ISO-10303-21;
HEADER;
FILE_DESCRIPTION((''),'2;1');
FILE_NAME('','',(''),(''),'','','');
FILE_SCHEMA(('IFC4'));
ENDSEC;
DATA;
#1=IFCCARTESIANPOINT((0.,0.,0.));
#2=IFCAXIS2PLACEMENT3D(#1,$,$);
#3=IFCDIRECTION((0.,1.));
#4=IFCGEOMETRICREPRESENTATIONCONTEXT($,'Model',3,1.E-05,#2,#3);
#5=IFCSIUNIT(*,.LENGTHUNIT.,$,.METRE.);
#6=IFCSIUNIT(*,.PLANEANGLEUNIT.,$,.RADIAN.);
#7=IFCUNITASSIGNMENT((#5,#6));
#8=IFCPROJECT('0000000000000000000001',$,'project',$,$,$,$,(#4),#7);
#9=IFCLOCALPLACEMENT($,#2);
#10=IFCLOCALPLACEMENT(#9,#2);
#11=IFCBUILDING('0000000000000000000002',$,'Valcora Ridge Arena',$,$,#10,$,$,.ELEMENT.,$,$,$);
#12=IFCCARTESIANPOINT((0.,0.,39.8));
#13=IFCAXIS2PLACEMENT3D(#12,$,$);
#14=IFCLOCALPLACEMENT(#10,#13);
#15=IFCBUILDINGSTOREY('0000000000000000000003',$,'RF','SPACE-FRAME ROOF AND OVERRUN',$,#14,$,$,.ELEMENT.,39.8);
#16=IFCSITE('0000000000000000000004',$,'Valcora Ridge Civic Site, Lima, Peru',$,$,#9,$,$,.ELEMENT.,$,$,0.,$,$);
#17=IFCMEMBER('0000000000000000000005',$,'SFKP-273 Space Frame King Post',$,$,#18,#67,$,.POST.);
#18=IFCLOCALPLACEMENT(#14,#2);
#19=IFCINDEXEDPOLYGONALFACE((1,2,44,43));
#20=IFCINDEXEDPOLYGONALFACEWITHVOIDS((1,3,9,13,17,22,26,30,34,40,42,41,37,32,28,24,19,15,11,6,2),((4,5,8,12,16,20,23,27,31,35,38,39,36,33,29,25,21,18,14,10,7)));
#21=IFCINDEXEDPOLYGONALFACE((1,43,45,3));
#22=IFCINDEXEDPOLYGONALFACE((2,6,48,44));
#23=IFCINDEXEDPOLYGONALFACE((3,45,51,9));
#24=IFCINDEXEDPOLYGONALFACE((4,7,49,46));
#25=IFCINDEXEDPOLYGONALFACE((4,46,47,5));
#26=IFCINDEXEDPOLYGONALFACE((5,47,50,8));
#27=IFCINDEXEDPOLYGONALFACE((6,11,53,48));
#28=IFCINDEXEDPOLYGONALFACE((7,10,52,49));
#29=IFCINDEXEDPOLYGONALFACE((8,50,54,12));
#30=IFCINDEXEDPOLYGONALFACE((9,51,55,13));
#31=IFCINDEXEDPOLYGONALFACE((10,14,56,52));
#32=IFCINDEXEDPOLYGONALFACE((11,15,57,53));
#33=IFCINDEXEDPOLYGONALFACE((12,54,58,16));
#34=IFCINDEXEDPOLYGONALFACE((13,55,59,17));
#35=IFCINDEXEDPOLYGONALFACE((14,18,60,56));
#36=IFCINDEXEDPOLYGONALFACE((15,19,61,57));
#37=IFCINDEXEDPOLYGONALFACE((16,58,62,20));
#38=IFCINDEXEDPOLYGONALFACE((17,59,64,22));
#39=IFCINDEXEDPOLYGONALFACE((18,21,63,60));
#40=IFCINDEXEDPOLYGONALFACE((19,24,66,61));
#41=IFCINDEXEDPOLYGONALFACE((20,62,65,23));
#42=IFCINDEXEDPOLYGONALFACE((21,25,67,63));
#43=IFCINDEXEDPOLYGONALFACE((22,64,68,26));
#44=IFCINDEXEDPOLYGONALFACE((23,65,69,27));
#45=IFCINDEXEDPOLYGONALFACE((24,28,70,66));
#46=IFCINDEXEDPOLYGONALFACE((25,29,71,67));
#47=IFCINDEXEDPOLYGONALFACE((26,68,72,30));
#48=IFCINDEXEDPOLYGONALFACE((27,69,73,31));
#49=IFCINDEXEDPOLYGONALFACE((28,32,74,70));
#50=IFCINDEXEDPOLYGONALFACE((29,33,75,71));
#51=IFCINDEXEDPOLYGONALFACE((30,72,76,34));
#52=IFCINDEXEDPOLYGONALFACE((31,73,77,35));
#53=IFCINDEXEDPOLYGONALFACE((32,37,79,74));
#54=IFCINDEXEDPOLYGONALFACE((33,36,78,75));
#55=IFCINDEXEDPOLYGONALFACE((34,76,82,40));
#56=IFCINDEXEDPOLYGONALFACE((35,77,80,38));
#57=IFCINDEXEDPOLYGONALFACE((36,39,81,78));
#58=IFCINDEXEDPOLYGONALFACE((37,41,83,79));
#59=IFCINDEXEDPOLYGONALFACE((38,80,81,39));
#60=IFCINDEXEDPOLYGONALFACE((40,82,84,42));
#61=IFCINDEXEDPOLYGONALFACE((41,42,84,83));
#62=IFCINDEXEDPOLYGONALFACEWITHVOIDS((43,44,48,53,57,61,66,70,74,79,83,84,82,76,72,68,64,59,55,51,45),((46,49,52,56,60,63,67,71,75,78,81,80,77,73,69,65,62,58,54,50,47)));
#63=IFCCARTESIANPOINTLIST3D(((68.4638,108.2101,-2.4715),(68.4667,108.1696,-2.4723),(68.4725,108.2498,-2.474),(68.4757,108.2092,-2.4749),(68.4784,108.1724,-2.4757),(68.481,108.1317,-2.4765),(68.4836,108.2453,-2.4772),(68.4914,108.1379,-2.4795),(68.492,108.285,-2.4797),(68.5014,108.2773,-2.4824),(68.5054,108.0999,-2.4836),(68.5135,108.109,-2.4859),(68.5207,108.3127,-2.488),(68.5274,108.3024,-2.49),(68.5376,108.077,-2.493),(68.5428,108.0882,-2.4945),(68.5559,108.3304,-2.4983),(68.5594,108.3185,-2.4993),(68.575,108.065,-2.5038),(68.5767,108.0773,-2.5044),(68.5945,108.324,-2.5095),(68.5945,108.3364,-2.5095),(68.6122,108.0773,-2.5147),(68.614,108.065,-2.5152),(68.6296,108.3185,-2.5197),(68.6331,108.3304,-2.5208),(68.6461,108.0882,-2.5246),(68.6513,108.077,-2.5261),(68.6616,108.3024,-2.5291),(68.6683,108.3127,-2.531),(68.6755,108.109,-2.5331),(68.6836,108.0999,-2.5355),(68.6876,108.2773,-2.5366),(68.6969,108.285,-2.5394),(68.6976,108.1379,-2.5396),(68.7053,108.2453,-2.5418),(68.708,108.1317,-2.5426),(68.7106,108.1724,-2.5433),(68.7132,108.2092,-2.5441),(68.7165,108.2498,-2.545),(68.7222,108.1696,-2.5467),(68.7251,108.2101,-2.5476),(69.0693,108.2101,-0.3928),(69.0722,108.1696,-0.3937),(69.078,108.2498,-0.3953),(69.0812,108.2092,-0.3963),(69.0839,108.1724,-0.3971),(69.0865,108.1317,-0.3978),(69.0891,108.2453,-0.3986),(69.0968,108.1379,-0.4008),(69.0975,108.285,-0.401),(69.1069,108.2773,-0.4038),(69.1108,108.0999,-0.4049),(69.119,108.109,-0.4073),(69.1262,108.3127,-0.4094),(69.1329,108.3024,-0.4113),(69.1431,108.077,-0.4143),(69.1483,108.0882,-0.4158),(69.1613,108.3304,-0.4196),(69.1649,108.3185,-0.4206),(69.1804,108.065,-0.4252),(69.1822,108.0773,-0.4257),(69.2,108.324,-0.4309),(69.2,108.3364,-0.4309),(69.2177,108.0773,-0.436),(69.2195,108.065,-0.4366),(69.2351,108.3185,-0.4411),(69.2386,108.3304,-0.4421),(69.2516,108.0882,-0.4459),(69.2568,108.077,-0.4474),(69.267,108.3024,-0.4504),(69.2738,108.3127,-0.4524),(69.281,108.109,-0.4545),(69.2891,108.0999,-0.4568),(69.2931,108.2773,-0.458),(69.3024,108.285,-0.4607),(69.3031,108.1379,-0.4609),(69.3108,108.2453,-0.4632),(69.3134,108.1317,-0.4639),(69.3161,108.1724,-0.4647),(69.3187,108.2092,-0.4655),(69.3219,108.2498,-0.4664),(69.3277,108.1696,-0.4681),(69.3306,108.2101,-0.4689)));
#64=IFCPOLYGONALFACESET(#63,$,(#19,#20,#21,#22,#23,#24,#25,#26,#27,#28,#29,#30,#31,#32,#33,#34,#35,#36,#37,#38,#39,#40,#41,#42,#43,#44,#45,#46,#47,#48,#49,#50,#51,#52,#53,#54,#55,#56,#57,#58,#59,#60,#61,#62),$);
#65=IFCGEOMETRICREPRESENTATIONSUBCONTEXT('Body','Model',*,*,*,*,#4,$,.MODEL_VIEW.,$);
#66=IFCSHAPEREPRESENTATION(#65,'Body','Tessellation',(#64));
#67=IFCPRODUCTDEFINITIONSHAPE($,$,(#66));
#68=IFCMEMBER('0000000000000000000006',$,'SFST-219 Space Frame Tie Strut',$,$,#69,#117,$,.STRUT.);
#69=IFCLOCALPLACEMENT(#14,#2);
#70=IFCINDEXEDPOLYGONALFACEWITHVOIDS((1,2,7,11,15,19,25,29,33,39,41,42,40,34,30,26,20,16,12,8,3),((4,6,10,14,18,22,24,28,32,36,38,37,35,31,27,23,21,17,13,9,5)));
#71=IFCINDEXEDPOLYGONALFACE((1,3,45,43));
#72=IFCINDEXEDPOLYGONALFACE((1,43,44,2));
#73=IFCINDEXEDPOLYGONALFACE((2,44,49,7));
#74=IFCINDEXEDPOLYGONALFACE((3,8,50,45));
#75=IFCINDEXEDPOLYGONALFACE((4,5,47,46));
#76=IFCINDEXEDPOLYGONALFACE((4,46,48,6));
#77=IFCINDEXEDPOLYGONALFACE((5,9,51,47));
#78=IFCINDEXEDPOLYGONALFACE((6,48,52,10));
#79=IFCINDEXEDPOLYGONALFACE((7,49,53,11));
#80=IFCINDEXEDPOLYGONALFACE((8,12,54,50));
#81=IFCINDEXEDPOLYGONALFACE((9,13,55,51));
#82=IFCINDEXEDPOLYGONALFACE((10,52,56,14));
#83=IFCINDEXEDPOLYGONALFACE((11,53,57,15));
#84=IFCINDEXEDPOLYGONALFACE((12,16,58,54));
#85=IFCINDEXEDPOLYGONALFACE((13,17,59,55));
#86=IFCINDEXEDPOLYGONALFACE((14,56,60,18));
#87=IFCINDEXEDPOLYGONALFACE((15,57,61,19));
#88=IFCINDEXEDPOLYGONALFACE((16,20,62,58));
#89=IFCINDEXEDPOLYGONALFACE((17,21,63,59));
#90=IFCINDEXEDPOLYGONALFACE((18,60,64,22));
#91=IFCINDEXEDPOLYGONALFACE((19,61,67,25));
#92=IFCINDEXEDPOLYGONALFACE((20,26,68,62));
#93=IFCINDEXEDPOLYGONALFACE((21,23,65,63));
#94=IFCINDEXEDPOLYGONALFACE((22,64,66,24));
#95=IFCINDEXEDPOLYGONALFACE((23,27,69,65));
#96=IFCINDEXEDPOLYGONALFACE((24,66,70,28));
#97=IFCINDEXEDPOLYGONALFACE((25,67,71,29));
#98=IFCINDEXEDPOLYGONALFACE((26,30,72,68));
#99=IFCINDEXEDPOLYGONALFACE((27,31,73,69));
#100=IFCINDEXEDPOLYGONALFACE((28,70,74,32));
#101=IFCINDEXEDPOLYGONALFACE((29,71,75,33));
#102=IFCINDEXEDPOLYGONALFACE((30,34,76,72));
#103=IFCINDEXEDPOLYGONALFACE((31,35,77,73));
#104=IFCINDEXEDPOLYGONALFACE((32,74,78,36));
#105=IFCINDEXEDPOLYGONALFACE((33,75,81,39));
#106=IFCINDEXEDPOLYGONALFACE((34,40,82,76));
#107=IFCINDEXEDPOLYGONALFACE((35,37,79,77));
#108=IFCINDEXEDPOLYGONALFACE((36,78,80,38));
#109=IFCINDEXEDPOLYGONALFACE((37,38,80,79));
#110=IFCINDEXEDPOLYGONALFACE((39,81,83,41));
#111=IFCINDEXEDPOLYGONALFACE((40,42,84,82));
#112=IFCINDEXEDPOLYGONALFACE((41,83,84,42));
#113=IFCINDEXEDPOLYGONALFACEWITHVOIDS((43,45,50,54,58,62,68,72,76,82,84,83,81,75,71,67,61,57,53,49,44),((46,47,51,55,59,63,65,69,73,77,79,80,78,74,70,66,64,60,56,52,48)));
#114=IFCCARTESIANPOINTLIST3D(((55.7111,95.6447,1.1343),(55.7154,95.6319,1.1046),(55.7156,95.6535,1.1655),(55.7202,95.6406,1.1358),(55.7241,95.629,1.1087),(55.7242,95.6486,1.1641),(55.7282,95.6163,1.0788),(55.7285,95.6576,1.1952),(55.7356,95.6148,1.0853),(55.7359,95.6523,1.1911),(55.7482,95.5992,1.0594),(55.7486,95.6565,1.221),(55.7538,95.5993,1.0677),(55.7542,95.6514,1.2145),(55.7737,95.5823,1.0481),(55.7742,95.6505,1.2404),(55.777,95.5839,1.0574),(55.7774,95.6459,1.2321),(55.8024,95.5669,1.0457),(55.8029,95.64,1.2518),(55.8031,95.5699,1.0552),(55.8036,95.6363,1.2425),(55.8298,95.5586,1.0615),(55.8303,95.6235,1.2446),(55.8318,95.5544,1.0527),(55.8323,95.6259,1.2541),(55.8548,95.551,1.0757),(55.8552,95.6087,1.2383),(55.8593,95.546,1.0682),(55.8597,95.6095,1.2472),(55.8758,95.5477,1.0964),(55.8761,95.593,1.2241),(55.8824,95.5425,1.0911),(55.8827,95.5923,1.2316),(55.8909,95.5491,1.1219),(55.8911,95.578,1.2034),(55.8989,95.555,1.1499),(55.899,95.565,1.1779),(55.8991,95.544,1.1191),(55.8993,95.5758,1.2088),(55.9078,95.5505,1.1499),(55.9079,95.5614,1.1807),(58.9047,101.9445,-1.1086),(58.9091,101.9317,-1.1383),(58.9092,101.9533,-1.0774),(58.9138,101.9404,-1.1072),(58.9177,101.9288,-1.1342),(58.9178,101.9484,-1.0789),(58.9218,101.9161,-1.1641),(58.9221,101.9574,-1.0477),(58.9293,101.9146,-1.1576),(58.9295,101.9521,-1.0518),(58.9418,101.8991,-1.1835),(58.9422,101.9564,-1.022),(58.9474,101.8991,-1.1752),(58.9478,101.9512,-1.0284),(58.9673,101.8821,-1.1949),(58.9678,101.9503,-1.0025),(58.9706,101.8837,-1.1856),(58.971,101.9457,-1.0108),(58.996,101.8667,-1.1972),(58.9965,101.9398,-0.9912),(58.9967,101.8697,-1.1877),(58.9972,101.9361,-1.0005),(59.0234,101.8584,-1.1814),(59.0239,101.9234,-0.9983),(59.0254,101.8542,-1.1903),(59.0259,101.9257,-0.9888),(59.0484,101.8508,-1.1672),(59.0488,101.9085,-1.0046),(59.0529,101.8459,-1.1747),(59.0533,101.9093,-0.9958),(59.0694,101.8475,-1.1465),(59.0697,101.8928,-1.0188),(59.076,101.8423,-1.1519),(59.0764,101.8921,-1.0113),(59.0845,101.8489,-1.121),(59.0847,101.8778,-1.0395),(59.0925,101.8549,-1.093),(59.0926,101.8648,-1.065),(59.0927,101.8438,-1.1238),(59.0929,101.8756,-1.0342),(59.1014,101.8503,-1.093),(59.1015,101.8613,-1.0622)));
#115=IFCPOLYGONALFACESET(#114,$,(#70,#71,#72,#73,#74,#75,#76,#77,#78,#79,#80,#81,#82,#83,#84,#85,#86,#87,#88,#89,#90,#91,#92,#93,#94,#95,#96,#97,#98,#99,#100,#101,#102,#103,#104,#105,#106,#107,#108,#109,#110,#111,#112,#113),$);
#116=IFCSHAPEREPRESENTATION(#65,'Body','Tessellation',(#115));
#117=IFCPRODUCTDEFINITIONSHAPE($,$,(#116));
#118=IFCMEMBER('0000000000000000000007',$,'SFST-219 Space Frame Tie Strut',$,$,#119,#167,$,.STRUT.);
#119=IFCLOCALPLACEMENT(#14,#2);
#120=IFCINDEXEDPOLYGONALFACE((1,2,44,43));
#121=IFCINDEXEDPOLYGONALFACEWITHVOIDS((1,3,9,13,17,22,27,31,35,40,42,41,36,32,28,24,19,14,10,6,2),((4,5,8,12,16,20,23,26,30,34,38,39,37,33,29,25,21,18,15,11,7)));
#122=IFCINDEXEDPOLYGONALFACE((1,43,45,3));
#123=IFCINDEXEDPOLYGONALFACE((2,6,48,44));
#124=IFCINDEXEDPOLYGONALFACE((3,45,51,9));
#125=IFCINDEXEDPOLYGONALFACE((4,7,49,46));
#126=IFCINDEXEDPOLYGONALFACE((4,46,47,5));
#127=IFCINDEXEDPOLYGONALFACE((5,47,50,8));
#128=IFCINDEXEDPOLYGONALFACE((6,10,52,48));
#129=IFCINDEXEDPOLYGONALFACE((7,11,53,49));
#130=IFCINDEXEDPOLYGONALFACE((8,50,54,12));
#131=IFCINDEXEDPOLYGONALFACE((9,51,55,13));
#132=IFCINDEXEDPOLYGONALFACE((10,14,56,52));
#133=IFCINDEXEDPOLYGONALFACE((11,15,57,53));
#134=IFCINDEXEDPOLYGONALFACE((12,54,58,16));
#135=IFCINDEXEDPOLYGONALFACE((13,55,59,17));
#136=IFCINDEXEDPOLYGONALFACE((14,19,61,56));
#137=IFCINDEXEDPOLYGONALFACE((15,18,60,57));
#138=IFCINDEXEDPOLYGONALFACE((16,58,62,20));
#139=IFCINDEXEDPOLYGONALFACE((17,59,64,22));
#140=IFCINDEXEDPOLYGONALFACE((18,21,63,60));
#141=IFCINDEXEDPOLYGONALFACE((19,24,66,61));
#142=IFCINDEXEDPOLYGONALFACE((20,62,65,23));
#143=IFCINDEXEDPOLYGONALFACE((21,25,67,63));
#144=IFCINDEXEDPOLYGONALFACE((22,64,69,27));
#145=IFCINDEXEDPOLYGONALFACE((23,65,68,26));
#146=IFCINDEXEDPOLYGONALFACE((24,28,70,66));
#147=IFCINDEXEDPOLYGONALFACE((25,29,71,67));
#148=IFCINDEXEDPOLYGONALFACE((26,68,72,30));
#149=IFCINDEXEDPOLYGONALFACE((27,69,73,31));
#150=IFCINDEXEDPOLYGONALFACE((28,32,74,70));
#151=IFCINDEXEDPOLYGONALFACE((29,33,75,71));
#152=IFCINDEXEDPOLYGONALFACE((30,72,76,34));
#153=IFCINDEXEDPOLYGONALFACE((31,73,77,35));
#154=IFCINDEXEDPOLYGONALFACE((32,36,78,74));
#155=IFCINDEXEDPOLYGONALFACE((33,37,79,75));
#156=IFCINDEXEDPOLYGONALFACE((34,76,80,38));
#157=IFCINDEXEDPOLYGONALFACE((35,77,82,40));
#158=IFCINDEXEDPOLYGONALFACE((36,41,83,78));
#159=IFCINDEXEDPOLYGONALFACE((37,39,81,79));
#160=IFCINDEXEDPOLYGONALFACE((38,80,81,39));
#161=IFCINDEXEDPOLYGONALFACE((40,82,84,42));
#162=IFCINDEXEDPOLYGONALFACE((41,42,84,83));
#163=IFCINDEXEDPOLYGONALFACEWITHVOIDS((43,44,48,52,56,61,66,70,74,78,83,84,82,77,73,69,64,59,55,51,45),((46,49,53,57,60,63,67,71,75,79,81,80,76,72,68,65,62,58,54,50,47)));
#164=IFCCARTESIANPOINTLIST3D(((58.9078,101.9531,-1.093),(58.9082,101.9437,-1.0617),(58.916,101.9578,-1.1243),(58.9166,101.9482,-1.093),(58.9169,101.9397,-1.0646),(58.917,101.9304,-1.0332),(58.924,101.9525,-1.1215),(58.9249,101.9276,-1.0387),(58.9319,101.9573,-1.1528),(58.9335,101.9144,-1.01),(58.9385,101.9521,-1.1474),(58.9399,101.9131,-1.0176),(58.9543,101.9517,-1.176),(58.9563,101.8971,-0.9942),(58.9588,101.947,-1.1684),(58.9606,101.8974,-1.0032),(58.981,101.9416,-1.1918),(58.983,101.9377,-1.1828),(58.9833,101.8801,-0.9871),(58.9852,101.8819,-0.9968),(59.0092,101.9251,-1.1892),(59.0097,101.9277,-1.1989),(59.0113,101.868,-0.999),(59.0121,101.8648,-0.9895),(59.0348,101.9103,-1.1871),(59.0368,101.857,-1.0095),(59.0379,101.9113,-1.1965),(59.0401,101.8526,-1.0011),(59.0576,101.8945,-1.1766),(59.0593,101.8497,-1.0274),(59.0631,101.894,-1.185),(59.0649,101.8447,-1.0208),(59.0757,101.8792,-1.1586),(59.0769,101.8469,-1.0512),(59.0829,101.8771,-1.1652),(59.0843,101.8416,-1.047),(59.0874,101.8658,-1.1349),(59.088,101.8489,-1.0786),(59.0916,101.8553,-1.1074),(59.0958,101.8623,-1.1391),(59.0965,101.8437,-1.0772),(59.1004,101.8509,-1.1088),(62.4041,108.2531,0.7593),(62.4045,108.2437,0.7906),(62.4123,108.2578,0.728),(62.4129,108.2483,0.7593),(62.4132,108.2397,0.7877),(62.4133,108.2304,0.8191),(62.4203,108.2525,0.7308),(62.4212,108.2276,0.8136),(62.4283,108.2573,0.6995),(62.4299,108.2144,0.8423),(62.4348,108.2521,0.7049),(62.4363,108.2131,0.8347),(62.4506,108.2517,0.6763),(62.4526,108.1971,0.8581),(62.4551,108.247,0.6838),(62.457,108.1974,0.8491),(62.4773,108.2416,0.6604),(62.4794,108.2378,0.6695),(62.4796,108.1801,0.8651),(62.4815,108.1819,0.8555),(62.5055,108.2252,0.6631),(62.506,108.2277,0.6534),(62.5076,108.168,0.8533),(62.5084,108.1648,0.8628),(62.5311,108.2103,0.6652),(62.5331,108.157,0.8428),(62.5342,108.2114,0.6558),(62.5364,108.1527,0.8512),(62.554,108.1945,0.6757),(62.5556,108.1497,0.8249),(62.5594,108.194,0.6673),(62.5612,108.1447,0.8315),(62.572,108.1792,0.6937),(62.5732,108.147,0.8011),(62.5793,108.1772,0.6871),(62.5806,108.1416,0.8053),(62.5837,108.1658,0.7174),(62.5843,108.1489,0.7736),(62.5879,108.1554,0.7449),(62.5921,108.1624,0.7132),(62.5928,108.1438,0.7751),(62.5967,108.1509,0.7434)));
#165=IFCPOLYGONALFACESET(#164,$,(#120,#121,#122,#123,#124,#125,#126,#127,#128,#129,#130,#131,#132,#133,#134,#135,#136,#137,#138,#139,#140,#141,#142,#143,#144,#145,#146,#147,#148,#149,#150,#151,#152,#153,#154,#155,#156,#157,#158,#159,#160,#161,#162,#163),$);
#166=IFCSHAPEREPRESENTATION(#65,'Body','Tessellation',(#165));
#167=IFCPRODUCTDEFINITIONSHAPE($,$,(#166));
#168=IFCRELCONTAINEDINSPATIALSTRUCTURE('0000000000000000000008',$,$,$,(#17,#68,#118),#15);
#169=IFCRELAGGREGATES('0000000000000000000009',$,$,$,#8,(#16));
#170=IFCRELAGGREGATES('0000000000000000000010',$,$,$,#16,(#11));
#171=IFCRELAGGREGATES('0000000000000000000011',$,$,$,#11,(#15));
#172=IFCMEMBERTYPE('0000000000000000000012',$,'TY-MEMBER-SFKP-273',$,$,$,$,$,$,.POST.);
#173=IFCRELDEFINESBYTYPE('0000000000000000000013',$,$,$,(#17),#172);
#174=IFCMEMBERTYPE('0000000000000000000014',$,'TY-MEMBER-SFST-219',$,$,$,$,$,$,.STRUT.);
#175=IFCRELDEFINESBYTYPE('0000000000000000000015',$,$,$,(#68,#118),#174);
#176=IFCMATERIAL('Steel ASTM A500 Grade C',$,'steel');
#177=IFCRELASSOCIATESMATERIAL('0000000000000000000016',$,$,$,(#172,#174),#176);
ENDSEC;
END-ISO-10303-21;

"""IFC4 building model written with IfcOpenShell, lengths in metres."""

from ifc_helpers import new_model, si_unit, direction, frame, origin, origin_2d, place, context, subcontext, project, spatial, hollow_circle, extrude, material, material_profile, profile_set, type_object, element, save


model = new_model("IFC4")

# Units and contexts
model_context = context("Model", 3, precision=1e-05, world=origin(), true_north=direction((0.0, 1.0)))
body_context = subcontext(model_context, "Body", "Model", "MODEL_VIEW")
ifc_project = project(units=[si_unit("LENGTHUNIT", "METRE"), si_unit("PLANEANGLEUNIT", "RADIAN")], contexts=[model_context])

# Site, building, storey
site_placement = place(None, origin())
site = spatial("IfcSite", under=ifc_project, at=site_placement, Name="Valcora Ridge Civic Site, Lima, Peru", CompositionType="ELEMENT", RefElevation=0.0)
building_placement = place(site_placement, origin())
building = spatial("IfcBuilding", under=site, at=building_placement, Name="Valcora Ridge Arena", CompositionType="ELEMENT")
storey_placement = place(building_placement, frame((0.0, 0.0, 39.8)))
storey = spatial("IfcBuildingStorey", under=building, at=storey_placement, Name="RF", Description="SPACE-FRAME ROOF AND OVERRUN", CompositionType="ELEMENT", Elevation=39.8)

# Members
ifc_material_1 = material(Name="Steel ASTM A500 Grade C", Category="steel")
ifc_material_profile_1 = material_profile(ifc_material_1, hollow_circle(Radius=0.1365, WallThickness=0.0125, at=origin_2d()), Name="CHS273X12")
ifc_profile_set_1 = profile_set([ifc_material_profile_1], Name="Steel ASTM A500 Grade C")
member_type_1 = type_object("IfcMemberType", Name="TY-MEMBER-SFKP-273", PredefinedType="POST", material=ifc_profile_set_1)
member_1_placement = place(storey_placement, frame((68.5945, 108.2, -2.5095), z_axis=(0.279662, 0.0, 0.960098), x_axis=(0.0, 1.0, 0.0)))
element("IfcMember", 1, at=member_1_placement, inside=storey, type_object=member_type_1, Name="SFKP-273 Space Frame King Post", PredefinedType="POST", context=body_context, shape_type="SweptSolid", body=[
    extrude(hollow_circle(Radius=0.1365, WallThickness=0.0125, at=origin_2d()), origin(), (0.0, 0.0, 1.0), 2.165),
])
ifc_material_profile_2 = material_profile(ifc_material_1, hollow_circle(Radius=0.1096, WallThickness=0.01, at=origin_2d()), Name="CHS219X10")
ifc_profile_set_2 = profile_set([ifc_material_profile_2], Name="Steel ASTM A500 Grade C")
member_type_2 = type_object("IfcMemberType", Name="TY-MEMBER-SFST-219", PredefinedType="STRUT", material=ifc_profile_set_2)
member_2_placement = place(storey_placement, frame((59.0037, 101.8999, -1.093), z_axis=(-0.430949, -0.850105, 0.302663), x_axis=(0.891939, -0.452157, 0.0)))
element("IfcMember", 2, at=member_2_placement, inside=storey, type_object=member_type_2, Name="SFST-219 Space Frame Tie Strut", PredefinedType="STRUT", context=body_context, shape_type="SweptSolid", body=[
    extrude(hollow_circle(Radius=0.1096, WallThickness=0.01, at=origin_2d()), origin(), (0.0, 0.0, 1.0), 7.4106),
])
member_3_placement = place(storey_placement, frame((59.0037, 101.8999, -1.093), z_axis=(0.46997, 0.846839, 0.248981), x_axis=(-0.874375, 0.485252, 0.0)))
element("IfcMember", 3, at=member_3_placement, inside=storey, type_object=member_type_2, Name="SFST-219 Space Frame Tie Strut", PredefinedType="STRUT", context=body_context, shape_type="SweptSolid", body=[
    extrude(hollow_circle(Radius=0.1096, WallThickness=0.01, at=origin_2d()), origin(), (0.0, 0.0, 1.0), 7.4395),
])

save(model, "model.ifc")
